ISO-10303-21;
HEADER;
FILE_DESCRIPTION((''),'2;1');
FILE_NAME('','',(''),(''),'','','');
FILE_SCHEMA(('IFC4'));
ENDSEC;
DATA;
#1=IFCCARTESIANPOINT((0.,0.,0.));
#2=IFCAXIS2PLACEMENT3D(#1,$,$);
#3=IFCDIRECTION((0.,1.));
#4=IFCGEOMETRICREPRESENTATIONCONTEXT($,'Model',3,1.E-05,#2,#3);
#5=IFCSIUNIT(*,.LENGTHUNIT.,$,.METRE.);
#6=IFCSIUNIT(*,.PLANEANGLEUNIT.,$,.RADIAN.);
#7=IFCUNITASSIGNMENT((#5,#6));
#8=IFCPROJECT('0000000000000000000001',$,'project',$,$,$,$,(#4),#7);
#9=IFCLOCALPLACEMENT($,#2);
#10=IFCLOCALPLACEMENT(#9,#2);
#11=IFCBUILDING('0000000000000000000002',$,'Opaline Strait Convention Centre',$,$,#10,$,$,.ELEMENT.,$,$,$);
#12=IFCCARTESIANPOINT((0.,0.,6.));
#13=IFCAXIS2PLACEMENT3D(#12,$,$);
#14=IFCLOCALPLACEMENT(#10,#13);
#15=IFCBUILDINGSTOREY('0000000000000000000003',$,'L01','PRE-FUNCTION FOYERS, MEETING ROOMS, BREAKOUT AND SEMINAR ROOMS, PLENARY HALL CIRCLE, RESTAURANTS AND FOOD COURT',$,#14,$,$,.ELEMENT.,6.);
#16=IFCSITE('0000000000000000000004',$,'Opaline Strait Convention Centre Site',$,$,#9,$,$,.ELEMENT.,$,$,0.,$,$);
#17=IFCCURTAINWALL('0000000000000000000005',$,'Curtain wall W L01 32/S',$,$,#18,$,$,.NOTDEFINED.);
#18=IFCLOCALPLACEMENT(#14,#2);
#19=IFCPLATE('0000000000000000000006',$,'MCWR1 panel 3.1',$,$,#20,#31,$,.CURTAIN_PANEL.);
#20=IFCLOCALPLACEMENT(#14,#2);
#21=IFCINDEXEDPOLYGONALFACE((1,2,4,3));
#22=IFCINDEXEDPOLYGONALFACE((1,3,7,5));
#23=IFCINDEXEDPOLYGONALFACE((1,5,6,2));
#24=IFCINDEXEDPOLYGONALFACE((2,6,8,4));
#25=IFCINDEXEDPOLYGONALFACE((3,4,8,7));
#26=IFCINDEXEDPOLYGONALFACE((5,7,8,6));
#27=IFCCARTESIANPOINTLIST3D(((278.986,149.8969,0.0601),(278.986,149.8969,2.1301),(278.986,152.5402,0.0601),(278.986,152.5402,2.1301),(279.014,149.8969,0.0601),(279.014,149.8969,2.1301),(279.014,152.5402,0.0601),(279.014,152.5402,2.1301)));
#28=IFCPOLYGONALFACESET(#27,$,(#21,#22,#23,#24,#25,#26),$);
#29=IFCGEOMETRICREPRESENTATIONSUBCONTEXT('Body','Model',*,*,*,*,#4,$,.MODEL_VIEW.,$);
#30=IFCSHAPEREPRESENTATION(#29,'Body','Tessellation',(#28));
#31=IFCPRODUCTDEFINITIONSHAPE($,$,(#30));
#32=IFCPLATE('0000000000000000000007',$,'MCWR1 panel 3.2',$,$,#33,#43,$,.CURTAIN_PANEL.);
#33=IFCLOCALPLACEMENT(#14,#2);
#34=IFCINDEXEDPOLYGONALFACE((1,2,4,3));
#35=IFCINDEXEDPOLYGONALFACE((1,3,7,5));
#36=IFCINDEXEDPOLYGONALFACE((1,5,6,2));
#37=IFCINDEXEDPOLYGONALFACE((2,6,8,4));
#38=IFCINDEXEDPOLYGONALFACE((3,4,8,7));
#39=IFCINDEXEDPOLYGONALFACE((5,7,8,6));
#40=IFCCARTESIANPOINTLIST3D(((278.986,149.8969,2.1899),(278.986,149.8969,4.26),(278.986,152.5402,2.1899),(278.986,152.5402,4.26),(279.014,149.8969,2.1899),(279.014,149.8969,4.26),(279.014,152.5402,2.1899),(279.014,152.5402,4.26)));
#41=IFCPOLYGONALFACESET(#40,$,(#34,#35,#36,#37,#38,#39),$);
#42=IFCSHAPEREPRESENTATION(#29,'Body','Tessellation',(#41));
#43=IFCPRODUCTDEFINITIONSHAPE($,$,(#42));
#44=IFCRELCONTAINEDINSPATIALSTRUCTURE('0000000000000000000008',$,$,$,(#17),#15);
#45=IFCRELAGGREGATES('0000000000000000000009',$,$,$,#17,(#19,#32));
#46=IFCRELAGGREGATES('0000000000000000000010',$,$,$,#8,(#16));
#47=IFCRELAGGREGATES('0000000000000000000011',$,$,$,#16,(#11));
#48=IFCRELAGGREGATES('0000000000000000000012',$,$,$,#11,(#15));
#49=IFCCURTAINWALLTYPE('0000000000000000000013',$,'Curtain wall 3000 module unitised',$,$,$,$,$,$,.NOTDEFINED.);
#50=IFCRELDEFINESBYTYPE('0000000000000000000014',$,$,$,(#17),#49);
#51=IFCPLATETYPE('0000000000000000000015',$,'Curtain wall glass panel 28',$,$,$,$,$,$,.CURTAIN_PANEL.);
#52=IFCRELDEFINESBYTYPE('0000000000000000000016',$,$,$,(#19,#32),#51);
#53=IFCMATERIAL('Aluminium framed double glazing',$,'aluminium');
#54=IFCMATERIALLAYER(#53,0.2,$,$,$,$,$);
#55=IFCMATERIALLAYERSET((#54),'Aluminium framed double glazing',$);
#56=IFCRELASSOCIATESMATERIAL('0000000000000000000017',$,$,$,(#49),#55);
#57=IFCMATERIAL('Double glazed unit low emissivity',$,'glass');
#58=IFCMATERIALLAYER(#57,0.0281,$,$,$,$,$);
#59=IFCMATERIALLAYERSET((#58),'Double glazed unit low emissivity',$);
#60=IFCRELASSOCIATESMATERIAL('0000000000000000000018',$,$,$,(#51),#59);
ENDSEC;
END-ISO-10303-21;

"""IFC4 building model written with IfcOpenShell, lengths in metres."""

from ifc_helpers import new_model, si_unit, direction, frame, origin, origin_2d, place, context, subcontext, project, spatial, rectangle, extrude, material, layer, layer_set, type_object, element, aggregate, save


model = new_model("IFC4")

# Units and contexts
model_context = context("Model", 3, precision=1e-05, world=origin(), true_north=direction((0.0, 1.0)))
body_context = subcontext(model_context, "Body", "Model", "MODEL_VIEW")
ifc_project = project(units=[si_unit("LENGTHUNIT", "METRE"), si_unit("PLANEANGLEUNIT", "RADIAN")], contexts=[model_context])

# Site, building, storey
site_placement = place(None, origin())
site = spatial("IfcSite", under=ifc_project, at=site_placement, Name="Opaline Strait Convention Centre Site", CompositionType="ELEMENT", RefElevation=0.0)
building_placement = place(site_placement, origin())
building = spatial("IfcBuilding", under=site, at=building_placement, Name="Opaline Strait Convention Centre", CompositionType="ELEMENT")
storey_placement = place(building_placement, frame((0.0, 0.0, 6.0)))
storey = spatial("IfcBuildingStorey", under=building, at=storey_placement, Name="L01", Description="PRE-FUNCTION FOYERS, MEETING ROOMS, BREAKOUT AND SEMINAR ROOMS, PLENARY HALL CIRCLE, RESTAURANTS AND FOOD COURT", CompositionType="ELEMENT", Elevation=6.0)

# Curtain wall
ifc_material_1 = material(Name="Aluminium framed double glazing", Category="aluminium")
ifc_layer_1 = layer(ifc_material_1, 0.2)
ifc_layer_set_1 = layer_set([ifc_layer_1], Name="Aluminium framed double glazing")
curtain_wall_type = type_object("IfcCurtainWallType", Name="Curtain wall 3000 module unitised", PredefinedType="NOTDEFINED", material=ifc_layer_set_1)
curtain_wall_1_placement = place(storey_placement, origin())
curtain_wall_1 = element("IfcCurtainWall", 1, at=curtain_wall_1_placement, inside=storey, type_object=curtain_wall_type, Name="Curtain wall W L01 32/S", PredefinedType="NOTDEFINED")

# Plates
ifc_material_2 = material(Name="Double glazed unit low emissivity", Category="glass")
ifc_layer_2 = layer(ifc_material_2, 0.0281)
ifc_layer_set_2 = layer_set([ifc_layer_2], Name="Double glazed unit low emissivity")
plate_type = type_object("IfcPlateType", Name="Curtain wall glass panel 28", PredefinedType="CURTAIN_PANEL", material=ifc_layer_set_2)
plate_1_placement = place(storey_placement, frame((279.0, 151.2185, 0.0601), z_axis=(0.0, 0.0, 1.0), x_axis=(0.0, 1.0, 0.0)))
plate_1 = element("IfcPlate", 2, at=plate_1_placement, type_object=plate_type, Name="MCWR1 panel 3.1", PredefinedType="CURTAIN_PANEL", context=body_context, shape_type="SweptSolid", body=[
    extrude(rectangle(XDim=2.6433, YDim=0.0281, at=origin_2d()), origin(), (0.0, 0.0, 1.0), 2.0701),
])
plate_2_placement = place(storey_placement, frame((279.0, 151.2185, 2.1899), z_axis=(0.0, 0.0, 1.0), x_axis=(0.0, 1.0, 0.0)))
plate_2 = element("IfcPlate", 3, at=plate_2_placement, type_object=plate_type, Name="MCWR1 panel 3.2", PredefinedType="CURTAIN_PANEL", context=body_context, shape_type="SweptSolid", body=[
    extrude(rectangle(XDim=2.6433, YDim=0.0281, at=origin_2d()), origin(), (0.0, 0.0, 1.0), 2.0701),
])
aggregate(curtain_wall_1, [plate_1, plate_2])

save(model, "model.ifc")
